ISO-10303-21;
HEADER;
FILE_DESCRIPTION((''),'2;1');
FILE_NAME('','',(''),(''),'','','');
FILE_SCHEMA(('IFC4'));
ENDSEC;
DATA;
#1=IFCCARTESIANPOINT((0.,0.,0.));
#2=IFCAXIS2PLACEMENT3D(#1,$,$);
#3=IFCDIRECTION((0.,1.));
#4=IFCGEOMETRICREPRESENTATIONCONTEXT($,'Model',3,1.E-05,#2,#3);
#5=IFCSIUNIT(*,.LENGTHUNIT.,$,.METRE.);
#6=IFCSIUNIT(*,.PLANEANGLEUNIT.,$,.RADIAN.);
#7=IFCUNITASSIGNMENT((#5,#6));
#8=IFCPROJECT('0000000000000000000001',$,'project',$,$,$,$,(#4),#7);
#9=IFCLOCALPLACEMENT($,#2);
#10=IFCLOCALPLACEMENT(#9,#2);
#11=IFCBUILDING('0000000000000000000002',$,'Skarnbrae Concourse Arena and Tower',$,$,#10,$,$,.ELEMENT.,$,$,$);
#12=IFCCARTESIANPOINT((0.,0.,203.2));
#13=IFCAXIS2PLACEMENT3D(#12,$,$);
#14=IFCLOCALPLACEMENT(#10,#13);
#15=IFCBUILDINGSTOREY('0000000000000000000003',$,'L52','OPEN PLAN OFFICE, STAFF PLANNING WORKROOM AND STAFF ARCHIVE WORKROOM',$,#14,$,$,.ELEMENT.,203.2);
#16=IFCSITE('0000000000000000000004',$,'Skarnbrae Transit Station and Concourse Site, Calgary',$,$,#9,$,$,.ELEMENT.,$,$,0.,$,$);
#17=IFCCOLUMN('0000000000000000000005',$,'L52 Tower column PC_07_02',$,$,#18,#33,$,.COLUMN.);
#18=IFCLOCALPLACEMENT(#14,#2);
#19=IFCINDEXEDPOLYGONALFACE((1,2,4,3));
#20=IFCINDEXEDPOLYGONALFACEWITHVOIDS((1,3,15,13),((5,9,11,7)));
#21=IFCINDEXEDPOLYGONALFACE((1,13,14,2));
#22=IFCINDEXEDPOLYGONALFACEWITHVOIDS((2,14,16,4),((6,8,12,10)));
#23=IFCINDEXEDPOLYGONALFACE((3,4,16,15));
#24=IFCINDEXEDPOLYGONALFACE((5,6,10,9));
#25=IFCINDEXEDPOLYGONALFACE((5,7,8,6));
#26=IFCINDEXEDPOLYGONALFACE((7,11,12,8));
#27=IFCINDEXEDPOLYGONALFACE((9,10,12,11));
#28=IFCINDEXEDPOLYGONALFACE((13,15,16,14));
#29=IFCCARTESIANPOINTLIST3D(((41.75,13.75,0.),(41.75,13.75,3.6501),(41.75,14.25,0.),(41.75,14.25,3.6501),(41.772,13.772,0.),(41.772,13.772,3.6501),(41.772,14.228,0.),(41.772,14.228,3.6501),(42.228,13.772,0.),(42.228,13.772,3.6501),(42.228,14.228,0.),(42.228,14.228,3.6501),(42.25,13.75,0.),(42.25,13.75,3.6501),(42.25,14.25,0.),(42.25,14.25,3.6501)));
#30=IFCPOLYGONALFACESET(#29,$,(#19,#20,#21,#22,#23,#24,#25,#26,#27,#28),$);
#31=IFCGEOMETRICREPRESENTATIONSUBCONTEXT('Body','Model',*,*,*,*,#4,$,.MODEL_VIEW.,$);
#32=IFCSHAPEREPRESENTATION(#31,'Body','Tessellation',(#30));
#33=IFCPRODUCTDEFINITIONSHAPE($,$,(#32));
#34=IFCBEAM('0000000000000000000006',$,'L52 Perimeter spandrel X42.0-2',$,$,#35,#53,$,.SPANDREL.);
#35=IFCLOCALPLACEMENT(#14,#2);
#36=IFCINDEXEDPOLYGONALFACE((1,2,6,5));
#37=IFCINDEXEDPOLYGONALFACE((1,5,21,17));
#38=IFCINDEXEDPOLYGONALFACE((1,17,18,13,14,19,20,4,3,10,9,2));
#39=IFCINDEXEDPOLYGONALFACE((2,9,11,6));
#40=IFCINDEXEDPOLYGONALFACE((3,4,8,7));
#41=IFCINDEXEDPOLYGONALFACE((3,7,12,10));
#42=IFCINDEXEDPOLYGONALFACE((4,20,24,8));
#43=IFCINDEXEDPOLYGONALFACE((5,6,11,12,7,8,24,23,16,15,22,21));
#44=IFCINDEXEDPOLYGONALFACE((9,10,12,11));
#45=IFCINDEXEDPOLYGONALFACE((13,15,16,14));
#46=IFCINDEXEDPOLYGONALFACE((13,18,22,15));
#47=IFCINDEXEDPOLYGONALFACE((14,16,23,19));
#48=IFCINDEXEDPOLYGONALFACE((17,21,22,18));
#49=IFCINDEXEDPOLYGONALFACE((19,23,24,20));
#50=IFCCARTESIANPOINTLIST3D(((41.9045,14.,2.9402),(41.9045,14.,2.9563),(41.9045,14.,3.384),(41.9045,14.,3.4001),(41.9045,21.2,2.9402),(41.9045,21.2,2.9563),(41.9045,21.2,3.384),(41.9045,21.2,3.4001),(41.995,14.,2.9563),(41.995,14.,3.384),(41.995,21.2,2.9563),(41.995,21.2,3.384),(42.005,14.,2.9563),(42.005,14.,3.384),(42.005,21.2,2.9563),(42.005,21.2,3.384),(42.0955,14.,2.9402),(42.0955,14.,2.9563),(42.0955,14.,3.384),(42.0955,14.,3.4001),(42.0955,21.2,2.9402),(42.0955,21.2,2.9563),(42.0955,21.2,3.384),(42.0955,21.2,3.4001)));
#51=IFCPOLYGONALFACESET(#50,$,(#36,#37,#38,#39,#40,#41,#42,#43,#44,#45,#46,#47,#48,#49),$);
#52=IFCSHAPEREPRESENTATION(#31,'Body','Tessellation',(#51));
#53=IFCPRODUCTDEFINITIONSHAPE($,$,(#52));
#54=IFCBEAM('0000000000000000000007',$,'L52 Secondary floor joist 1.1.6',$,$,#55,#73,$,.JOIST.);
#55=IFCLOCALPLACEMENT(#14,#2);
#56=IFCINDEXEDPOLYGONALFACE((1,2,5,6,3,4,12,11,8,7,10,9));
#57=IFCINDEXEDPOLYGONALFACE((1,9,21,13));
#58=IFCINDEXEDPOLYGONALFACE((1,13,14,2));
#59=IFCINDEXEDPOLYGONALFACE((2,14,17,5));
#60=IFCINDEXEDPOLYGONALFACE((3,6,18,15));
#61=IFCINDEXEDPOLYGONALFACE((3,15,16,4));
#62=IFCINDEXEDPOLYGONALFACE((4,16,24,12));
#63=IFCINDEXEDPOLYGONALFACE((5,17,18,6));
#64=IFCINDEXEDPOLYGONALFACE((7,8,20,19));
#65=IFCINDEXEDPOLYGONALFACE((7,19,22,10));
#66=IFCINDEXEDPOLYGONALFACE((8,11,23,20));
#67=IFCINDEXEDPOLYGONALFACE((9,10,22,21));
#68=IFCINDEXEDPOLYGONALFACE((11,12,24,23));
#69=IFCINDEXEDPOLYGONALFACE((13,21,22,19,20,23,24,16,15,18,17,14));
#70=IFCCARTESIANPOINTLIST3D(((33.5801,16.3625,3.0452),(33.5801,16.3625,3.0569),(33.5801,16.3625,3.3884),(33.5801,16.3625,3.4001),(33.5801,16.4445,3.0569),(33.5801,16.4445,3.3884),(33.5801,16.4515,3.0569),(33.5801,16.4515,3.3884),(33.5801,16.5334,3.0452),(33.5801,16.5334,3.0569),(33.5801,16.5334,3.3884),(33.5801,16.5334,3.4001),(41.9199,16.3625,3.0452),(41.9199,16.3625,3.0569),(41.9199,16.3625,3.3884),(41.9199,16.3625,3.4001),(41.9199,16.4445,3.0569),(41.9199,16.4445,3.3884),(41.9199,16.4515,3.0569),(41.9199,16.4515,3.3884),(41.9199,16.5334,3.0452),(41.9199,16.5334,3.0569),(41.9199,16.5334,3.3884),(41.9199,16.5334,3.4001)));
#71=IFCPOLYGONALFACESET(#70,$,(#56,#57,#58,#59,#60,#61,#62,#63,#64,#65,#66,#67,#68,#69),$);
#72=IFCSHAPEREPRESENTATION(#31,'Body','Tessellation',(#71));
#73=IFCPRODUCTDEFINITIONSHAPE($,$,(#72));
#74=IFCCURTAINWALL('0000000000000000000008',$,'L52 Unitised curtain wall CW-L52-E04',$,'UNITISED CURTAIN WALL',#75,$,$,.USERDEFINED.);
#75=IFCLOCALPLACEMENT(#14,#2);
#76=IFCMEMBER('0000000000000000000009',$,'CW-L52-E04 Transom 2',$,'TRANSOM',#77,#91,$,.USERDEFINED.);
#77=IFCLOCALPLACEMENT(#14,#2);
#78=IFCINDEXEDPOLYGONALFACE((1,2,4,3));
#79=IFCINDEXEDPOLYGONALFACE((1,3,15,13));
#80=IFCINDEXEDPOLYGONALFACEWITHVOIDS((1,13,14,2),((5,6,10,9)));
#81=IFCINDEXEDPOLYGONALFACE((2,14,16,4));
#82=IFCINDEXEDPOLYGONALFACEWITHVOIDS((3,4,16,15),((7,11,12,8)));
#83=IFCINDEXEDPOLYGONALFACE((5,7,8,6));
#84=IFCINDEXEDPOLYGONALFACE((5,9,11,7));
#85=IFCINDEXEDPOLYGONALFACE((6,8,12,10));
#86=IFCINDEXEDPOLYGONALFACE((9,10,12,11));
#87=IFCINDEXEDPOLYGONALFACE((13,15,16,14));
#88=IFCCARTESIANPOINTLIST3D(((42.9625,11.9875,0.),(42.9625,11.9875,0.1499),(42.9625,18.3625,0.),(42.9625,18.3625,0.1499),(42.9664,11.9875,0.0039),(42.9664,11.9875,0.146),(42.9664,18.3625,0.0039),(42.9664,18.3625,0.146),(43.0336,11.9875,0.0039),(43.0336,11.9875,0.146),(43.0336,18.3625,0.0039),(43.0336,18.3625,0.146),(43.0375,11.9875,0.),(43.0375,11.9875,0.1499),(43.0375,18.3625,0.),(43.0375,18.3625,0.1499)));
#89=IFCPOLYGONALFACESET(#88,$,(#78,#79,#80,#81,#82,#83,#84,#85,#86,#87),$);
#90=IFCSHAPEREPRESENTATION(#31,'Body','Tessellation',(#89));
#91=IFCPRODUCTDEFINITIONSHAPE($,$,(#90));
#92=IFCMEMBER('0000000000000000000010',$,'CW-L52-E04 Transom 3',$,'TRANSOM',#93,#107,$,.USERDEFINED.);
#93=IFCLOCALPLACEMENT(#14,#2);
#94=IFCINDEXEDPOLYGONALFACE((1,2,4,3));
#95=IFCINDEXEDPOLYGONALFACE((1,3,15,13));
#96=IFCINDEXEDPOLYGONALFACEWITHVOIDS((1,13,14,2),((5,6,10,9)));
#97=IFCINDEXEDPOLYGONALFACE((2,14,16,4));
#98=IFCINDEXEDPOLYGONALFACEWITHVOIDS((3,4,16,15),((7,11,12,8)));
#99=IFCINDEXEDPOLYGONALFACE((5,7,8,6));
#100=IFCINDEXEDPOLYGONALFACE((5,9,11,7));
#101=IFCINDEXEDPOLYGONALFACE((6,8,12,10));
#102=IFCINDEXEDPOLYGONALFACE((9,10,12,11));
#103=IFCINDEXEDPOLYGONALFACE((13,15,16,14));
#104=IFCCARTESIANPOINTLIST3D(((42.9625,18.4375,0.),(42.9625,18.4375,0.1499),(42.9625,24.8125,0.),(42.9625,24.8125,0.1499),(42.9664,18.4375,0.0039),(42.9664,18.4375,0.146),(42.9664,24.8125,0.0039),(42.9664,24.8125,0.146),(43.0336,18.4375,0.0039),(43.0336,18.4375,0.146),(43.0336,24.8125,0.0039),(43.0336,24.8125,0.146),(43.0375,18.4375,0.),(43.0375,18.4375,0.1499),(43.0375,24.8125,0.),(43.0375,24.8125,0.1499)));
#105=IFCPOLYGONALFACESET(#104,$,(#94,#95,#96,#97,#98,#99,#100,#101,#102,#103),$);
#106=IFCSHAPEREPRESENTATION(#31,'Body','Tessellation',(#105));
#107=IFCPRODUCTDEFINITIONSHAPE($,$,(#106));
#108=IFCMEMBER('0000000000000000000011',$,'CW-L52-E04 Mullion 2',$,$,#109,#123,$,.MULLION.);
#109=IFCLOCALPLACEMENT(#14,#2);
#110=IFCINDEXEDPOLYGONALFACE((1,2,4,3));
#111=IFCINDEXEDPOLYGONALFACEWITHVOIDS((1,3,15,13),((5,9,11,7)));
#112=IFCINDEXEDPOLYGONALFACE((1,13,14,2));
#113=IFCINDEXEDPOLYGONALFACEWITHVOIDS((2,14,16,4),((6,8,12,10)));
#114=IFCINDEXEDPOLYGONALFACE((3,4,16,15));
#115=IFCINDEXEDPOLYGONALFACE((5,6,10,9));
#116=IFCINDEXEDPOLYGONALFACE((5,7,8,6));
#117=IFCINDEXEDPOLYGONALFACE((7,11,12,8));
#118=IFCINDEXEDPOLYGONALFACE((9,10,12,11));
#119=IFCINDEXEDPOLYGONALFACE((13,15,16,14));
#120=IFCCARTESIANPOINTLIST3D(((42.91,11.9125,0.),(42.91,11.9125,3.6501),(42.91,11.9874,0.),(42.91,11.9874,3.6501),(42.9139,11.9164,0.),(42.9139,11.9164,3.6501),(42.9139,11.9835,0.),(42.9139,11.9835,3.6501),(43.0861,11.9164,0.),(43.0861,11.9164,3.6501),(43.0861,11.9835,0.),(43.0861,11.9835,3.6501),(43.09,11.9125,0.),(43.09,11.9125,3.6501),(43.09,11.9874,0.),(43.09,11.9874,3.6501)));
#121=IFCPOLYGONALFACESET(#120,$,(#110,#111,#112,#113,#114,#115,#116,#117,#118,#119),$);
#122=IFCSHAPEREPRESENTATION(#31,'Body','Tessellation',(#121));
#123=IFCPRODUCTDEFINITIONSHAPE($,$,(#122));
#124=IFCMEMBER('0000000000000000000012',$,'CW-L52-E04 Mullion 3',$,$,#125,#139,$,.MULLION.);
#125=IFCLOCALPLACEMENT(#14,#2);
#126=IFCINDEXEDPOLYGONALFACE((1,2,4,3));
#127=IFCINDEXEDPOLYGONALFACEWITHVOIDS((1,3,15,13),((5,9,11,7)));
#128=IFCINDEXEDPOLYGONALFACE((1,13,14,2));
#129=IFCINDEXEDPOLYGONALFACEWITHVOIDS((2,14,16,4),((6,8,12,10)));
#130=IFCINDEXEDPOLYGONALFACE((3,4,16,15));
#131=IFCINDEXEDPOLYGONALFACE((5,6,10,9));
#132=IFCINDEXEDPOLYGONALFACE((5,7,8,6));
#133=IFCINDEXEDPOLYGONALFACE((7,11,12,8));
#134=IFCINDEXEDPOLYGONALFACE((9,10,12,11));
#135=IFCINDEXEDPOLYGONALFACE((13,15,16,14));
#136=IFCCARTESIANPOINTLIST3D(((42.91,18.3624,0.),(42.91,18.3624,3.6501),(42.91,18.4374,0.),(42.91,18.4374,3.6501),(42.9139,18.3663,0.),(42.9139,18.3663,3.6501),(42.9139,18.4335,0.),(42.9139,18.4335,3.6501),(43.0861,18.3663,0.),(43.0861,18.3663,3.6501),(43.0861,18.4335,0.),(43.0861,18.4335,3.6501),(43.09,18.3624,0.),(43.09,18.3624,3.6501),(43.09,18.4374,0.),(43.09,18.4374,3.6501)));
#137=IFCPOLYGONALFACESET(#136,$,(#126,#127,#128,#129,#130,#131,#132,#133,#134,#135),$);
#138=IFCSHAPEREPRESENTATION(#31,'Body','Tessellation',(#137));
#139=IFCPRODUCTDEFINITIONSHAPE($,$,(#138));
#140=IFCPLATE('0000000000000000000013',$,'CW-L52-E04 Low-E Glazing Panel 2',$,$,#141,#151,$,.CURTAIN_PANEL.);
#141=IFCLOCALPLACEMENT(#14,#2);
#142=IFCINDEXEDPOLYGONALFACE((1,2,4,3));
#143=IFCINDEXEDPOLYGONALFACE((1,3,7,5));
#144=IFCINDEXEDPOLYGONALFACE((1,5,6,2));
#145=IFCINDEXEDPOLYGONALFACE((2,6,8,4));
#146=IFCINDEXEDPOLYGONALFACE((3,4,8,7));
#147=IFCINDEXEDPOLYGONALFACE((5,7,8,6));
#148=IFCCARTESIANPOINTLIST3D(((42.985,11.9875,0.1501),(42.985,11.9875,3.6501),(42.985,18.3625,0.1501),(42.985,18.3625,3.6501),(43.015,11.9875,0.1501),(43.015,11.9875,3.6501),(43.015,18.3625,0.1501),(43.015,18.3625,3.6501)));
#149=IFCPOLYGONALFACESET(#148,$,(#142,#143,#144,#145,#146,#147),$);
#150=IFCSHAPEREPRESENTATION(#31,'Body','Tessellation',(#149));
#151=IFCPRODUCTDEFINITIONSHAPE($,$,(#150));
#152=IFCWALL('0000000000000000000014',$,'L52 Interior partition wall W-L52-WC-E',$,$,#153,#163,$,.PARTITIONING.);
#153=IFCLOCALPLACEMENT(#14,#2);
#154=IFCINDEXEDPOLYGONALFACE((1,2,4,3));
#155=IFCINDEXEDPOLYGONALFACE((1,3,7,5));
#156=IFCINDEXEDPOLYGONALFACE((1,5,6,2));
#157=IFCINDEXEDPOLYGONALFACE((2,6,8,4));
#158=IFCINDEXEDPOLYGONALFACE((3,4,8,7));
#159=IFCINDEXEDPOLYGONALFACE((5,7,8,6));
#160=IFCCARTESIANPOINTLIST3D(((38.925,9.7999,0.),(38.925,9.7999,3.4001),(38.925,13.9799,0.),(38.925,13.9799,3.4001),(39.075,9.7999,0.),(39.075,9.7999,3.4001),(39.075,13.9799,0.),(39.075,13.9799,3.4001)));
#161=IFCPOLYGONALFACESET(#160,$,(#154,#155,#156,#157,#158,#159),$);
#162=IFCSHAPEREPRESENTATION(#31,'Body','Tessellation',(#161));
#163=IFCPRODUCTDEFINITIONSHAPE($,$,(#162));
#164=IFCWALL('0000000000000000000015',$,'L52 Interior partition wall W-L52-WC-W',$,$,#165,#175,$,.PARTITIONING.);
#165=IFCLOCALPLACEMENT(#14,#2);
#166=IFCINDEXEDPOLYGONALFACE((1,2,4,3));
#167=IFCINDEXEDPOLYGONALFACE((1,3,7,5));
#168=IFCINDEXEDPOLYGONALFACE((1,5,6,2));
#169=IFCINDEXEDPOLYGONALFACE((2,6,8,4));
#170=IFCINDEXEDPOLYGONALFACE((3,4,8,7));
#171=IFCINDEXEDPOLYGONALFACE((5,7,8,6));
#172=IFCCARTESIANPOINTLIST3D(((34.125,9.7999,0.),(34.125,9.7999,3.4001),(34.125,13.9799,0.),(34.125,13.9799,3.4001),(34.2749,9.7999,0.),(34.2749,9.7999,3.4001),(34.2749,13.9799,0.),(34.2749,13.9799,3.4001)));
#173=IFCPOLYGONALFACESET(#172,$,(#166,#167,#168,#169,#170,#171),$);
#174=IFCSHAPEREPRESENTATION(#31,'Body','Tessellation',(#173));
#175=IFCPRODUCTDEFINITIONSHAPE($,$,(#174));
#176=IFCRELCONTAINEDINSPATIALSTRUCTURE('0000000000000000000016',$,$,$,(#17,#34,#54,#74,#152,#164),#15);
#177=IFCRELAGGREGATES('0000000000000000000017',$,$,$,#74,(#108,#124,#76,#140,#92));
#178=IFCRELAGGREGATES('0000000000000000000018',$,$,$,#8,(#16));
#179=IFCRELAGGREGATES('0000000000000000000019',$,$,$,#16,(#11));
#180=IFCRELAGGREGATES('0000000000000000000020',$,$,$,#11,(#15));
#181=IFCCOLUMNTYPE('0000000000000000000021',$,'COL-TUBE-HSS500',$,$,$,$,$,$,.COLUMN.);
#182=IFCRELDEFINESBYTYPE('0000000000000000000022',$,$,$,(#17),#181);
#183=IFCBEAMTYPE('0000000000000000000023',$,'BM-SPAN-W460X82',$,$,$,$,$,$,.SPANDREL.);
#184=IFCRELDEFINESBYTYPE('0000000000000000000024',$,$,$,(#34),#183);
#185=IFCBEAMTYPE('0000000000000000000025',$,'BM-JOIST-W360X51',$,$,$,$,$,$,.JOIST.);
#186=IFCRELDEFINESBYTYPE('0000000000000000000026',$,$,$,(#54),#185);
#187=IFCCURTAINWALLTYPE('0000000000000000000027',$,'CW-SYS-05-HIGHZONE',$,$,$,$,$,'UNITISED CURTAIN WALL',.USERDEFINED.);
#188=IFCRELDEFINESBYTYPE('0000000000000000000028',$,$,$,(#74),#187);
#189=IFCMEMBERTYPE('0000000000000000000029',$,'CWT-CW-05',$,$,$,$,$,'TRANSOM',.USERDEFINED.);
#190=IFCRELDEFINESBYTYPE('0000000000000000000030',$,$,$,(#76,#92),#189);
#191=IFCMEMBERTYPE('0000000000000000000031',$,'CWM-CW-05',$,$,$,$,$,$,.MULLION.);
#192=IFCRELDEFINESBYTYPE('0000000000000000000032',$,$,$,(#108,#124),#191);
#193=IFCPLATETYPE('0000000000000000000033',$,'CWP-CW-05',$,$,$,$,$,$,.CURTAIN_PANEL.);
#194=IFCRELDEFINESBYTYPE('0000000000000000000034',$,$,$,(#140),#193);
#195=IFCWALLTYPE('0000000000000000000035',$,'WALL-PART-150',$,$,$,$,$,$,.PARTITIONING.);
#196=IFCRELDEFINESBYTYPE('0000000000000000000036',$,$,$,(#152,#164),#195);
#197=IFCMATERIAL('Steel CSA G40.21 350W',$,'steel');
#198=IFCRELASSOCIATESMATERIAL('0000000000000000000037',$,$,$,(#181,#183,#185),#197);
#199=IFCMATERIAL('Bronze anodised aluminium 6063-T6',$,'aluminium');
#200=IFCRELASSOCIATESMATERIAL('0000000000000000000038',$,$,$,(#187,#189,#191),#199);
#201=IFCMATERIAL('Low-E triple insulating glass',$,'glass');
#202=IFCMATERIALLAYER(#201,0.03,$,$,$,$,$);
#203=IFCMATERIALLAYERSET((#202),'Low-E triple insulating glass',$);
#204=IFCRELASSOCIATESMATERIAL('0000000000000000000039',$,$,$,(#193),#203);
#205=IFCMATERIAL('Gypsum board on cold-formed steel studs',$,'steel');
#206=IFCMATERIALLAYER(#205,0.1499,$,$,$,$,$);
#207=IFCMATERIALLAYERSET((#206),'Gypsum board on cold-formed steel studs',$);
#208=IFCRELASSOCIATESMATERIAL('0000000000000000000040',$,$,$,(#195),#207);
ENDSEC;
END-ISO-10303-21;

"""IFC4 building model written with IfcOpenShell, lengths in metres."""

from ifc_helpers import new_model, si_unit, direction, frame, frame_2d, origin, origin_2d, place, context, subcontext, project, spatial, rectangle, hollow_rectangle, i_section, extrude, source, transform, mapped, material, layer, layer_set, material_profile, profile_set, type_object, element, aggregate, save


model = new_model("IFC4")

# Units and contexts
model_context = context("Model", 3, precision=1e-05, world=origin(), true_north=direction((0.0, 1.0)))
body_context = subcontext(model_context, "Body", "Model", "MODEL_VIEW")
ifc_project = project(units=[si_unit("LENGTHUNIT", "METRE"), si_unit("PLANEANGLEUNIT", "RADIAN")], contexts=[model_context])

# Site, building, storey
site_placement = place(None, origin())
site = spatial("IfcSite", under=ifc_project, at=site_placement, Name="Skarnbrae Transit Station and Concourse Site, Calgary", CompositionType="ELEMENT", RefElevation=0.0)
building_placement = place(site_placement, origin())
building = spatial("IfcBuilding", under=site, at=building_placement, Name="Skarnbrae Concourse Arena and Tower", CompositionType="ELEMENT")
storey_placement = place(building_placement, frame((0.0, 0.0, 203.2)))
storey = spatial("IfcBuildingStorey", under=building, at=storey_placement, Name="L52", Description="OPEN PLAN OFFICE, STAFF PLANNING WORKROOM AND STAFF ARCHIVE WORKROOM", CompositionType="ELEMENT", Elevation=203.2)

# Column
ifc_material_1 = material(Name="Steel CSA G40.21 350W", Category="steel")
ifc_material_profile_1 = material_profile(ifc_material_1, hollow_rectangle(XDim=0.5, YDim=0.5, WallThickness=0.022, at=origin_2d()), Name="HSS500X500X22.0")
ifc_profile_set_1 = profile_set([ifc_material_profile_1], Name="Steel CSA G40.21 350W")
column_type = type_object("IfcColumnType", Name="COL-TUBE-HSS500", PredefinedType="COLUMN", material=ifc_profile_set_1)
shared_shape_1 = source(origin(), body_context, "Body", "SweptSolid", [
    extrude(hollow_rectangle(XDim=0.5, YDim=0.5, WallThickness=0.022, at=origin_2d()), origin(), (0.0, 0.0, 1.0), 3.6501),
])
column_placement = place(storey_placement, frame((42.0, 14.0, 0.0), z_axis=(0.0, 0.0, 1.0), x_axis=(1.0, 0.0, 0.0)))
element("IfcColumn", 1, at=column_placement, inside=storey, type_object=column_type, Name="L52 Tower column PC_07_02", PredefinedType="COLUMN", context=body_context, shape_type="MappedRepresentation", body=[
    mapped(shared_shape_1, transform((0.0, 0.0, 0.0))),
])

# Beams
ifc_material_profile_2 = material_profile(ifc_material_1, i_section(OverallWidth=0.1909, OverallDepth=0.46, WebThickness=0.01, FlangeThickness=0.0161, at=origin_2d()), Name="W460X82")
ifc_profile_set_2 = profile_set([ifc_material_profile_2], Name="Steel CSA G40.21 350W")
beam_type_1 = type_object("IfcBeamType", Name="BM-SPAN-W460X82", PredefinedType="SPANDREL", material=ifc_profile_set_2)
shared_shape_2 = source(origin(), body_context, "Body", "SweptSolid", [
    extrude(i_section(OverallWidth=0.1909, OverallDepth=0.46, WebThickness=0.01, FlangeThickness=0.0161, at=origin_2d()), origin(), (0.0, 0.0, 1.0), 7.2),
])
beam_1_placement = place(storey_placement, frame((42.0, 14.0, 3.1702), z_axis=(0.0, 1.0, 0.0), x_axis=(-1.0, 0.0, 0.0)))
element("IfcBeam", 2, at=beam_1_placement, inside=storey, type_object=beam_type_1, Name="L52 Perimeter spandrel X42.0-2", PredefinedType="SPANDREL", context=body_context, shape_type="MappedRepresentation", body=[
    mapped(shared_shape_2, transform((0.0, 0.0, 0.0))),
])
ifc_material_profile_3 = material_profile(ifc_material_1, i_section(OverallWidth=0.1709, OverallDepth=0.355, WebThickness=0.0071, FlangeThickness=0.0117, at=origin_2d()), Name="W360X51")
ifc_profile_set_3 = profile_set([ifc_material_profile_3], Name="Steel CSA G40.21 350W")
beam_type_2 = type_object("IfcBeamType", Name="BM-JOIST-W360X51", PredefinedType="JOIST", material=ifc_profile_set_3)
shared_shape_3 = source(origin(), body_context, "Body", "SweptSolid", [
    extrude(i_section(OverallWidth=0.1709, OverallDepth=0.355, WebThickness=0.0071, FlangeThickness=0.0117, at=origin_2d()), origin(), (0.0, 0.0, 1.0), 8.3398),
])
beam_2_placement = place(storey_placement, frame((33.5801, 16.448, 3.2227), z_axis=(1.0, 0.0, 0.0), x_axis=(0.0, 1.0, 0.0)))
element("IfcBeam", 3, at=beam_2_placement, inside=storey, type_object=beam_type_2, Name="L52 Secondary floor joist 1.1.6", PredefinedType="JOIST", context=body_context, shape_type="MappedRepresentation", body=[
    mapped(shared_shape_3, transform((0.0, 0.0, 0.0))),
])

# Curtain wall, members, plate
ifc_material_2 = material(Name="Bronze anodised aluminium 6063-T6", Category="aluminium")
curtain_wall_type = type_object("IfcCurtainWallType", Name="CW-SYS-05-HIGHZONE", ElementType="UNITISED CURTAIN WALL", PredefinedType="USERDEFINED", material=ifc_material_2)
curtain_wall_placement = place(storey_placement, origin())
curtain_wall = element("IfcCurtainWall", 4, at=curtain_wall_placement, inside=storey, type_object=curtain_wall_type, Name="L52 Unitised curtain wall CW-L52-E04", ObjectType="UNITISED CURTAIN WALL", PredefinedType="USERDEFINED")
ifc_material_profile_4 = material_profile(ifc_material_2, hollow_rectangle(XDim=0.075, YDim=0.1499, WallThickness=0.0039, at=origin_2d()), Name="ALU-TRAN-75X150")
ifc_profile_set_4 = profile_set([ifc_material_profile_4], Name="Bronze anodised aluminium 6063-T6")
member_type_1 = type_object("IfcMemberType", Name="CWT-CW-05", ElementType="TRANSOM", PredefinedType="USERDEFINED", material=ifc_profile_set_4)
shared_shape_4 = source(origin(), body_context, "Body", "SweptSolid", [
    extrude(hollow_rectangle(XDim=0.075, YDim=0.1499, WallThickness=0.0039, at=origin_2d()), origin(), (0.0, 0.0, 1.0), 6.375),
])
member_1_placement = place(storey_placement, frame((43.0, 11.9875, 0.075), z_axis=(0.0, 1.0, 0.0), x_axis=(-1.0, 0.0, 0.0)))
member_1 = element("IfcMember", 5, at=member_1_placement, type_object=member_type_1, Name="CW-L52-E04 Transom 2", ObjectType="TRANSOM", PredefinedType="USERDEFINED", context=body_context, shape_type="MappedRepresentation", body=[
    mapped(shared_shape_4, transform((0.0, 0.0, 0.0))),
])
member_2_placement = place(storey_placement, frame((43.0, 18.4375, 0.075), z_axis=(0.0, 1.0, 0.0), x_axis=(-1.0, 0.0, 0.0)))
member_2 = element("IfcMember", 6, at=member_2_placement, type_object=member_type_1, Name="CW-L52-E04 Transom 3", ObjectType="TRANSOM", PredefinedType="USERDEFINED", context=body_context, shape_type="MappedRepresentation", body=[
    mapped(shared_shape_4, transform((0.0, 0.0, 0.0))),
])
ifc_material_profile_5 = material_profile(ifc_material_2, hollow_rectangle(XDim=0.075, YDim=0.1799, WallThickness=0.0039, at=origin_2d()), Name="ALU-MULL-75X180")
ifc_profile_set_5 = profile_set([ifc_material_profile_5], Name="Bronze anodised aluminium 6063-T6")
member_type_2 = type_object("IfcMemberType", Name="CWM-CW-05", PredefinedType="MULLION", material=ifc_profile_set_5)
shared_shape_5 = source(origin(), body_context, "Body", "SweptSolid", [
    extrude(hollow_rectangle(XDim=0.075, YDim=0.1799, WallThickness=0.0039, at=origin_2d()), origin(), (0.0, 0.0, 1.0), 3.6501),
])
member_3_placement = place(storey_placement, frame((43.0, 11.95, 0.0), z_axis=(0.0, 0.0, 1.0), x_axis=(0.0, 1.0, 0.0)))
member_3 = element("IfcMember", 7, at=member_3_placement, type_object=member_type_2, Name="CW-L52-E04 Mullion 2", PredefinedType="MULLION", context=body_context, shape_type="MappedRepresentation", body=[
    mapped(shared_shape_5, transform((0.0, 0.0, 0.0))),
])
member_4_placement = place(storey_placement, frame((43.0, 18.3999, 0.0), z_axis=(0.0, 0.0, 1.0), x_axis=(0.0, 1.0, 0.0)))
member_4 = element("IfcMember", 8, at=member_4_placement, type_object=member_type_2, Name="CW-L52-E04 Mullion 3", PredefinedType="MULLION", context=body_context, shape_type="MappedRepresentation", body=[
    mapped(shared_shape_5, transform((0.0, 0.0, 0.0))),
])
ifc_material_3 = material(Name="Low-E triple insulating glass", Category="glass")
ifc_layer_1 = layer(ifc_material_3, 0.03)
ifc_layer_set_1 = layer_set([ifc_layer_1], Name="Low-E triple insulating glass")
plate_type = type_object("IfcPlateType", Name="CWP-CW-05", PredefinedType="CURTAIN_PANEL", material=ifc_layer_set_1)
shared_shape_6 = source(origin(), body_context, "Body", "SweptSolid", [
    extrude(rectangle(XDim=6.375, YDim=0.03, at=origin_2d()), origin(), (0.0, 0.0, 1.0), 3.5),
])
plate_placement = place(storey_placement, frame((43.0, 15.175, 0.1501), z_axis=(0.0, 0.0, 1.0), x_axis=(0.0, 1.0, 0.0)))
plate = element("IfcPlate", 9, at=plate_placement, type_object=plate_type, Name="CW-L52-E04 Low-E Glazing Panel 2", PredefinedType="CURTAIN_PANEL", context=body_context, shape_type="MappedRepresentation", body=[
    mapped(shared_shape_6, transform((0.0, 0.0, 0.0))),
])
aggregate(curtain_wall, [member_3, member_4, member_1, plate, member_2])

# Walls
ifc_material_4 = material(Name="Gypsum board on cold-formed steel studs", Category="steel")
ifc_layer_2 = layer(ifc_material_4, 0.1499)
ifc_layer_set_2 = layer_set([ifc_layer_2], Name="Gypsum board on cold-formed steel studs")
wall_type_1 = type_object("IfcWallType", Name="WALL-PART-150", PredefinedType="PARTITIONING", material=ifc_layer_set_2)
shared_shape_7 = source(origin(), body_context, "Body", "SweptSolid", [
    extrude(rectangle(XDim=4.1799, YDim=0.1499, at=frame_2d((2.0898, 0.0))), origin(), (0.0, 0.0, 1.0), 3.4001),
])
for number, where, z_axis, x_axis, name in (
    (10, (39.0, 9.8, 0.0), (0.0, 0.0, 1.0), (0.0, 1.0, 0.0), "L52 Interior partition wall W-L52-WC-E"),
    (11, (34.2, 9.8, 0.0), (0.0, 0.0, 1.0), (0.0, 1.0, 0.0), "L52 Interior partition wall W-L52-WC-W"),
):
    element("IfcWall", number, at=place(storey_placement, frame(where, z_axis=z_axis, x_axis=x_axis)), inside=storey, type_object=wall_type_1, Name=name, PredefinedType="PARTITIONING", context=body_context, shape_type="MappedRepresentation", body=[
        mapped(shared_shape_7, transform((0.0, 0.0, 0.0))),
    ])

save(model, "model.ifc")
